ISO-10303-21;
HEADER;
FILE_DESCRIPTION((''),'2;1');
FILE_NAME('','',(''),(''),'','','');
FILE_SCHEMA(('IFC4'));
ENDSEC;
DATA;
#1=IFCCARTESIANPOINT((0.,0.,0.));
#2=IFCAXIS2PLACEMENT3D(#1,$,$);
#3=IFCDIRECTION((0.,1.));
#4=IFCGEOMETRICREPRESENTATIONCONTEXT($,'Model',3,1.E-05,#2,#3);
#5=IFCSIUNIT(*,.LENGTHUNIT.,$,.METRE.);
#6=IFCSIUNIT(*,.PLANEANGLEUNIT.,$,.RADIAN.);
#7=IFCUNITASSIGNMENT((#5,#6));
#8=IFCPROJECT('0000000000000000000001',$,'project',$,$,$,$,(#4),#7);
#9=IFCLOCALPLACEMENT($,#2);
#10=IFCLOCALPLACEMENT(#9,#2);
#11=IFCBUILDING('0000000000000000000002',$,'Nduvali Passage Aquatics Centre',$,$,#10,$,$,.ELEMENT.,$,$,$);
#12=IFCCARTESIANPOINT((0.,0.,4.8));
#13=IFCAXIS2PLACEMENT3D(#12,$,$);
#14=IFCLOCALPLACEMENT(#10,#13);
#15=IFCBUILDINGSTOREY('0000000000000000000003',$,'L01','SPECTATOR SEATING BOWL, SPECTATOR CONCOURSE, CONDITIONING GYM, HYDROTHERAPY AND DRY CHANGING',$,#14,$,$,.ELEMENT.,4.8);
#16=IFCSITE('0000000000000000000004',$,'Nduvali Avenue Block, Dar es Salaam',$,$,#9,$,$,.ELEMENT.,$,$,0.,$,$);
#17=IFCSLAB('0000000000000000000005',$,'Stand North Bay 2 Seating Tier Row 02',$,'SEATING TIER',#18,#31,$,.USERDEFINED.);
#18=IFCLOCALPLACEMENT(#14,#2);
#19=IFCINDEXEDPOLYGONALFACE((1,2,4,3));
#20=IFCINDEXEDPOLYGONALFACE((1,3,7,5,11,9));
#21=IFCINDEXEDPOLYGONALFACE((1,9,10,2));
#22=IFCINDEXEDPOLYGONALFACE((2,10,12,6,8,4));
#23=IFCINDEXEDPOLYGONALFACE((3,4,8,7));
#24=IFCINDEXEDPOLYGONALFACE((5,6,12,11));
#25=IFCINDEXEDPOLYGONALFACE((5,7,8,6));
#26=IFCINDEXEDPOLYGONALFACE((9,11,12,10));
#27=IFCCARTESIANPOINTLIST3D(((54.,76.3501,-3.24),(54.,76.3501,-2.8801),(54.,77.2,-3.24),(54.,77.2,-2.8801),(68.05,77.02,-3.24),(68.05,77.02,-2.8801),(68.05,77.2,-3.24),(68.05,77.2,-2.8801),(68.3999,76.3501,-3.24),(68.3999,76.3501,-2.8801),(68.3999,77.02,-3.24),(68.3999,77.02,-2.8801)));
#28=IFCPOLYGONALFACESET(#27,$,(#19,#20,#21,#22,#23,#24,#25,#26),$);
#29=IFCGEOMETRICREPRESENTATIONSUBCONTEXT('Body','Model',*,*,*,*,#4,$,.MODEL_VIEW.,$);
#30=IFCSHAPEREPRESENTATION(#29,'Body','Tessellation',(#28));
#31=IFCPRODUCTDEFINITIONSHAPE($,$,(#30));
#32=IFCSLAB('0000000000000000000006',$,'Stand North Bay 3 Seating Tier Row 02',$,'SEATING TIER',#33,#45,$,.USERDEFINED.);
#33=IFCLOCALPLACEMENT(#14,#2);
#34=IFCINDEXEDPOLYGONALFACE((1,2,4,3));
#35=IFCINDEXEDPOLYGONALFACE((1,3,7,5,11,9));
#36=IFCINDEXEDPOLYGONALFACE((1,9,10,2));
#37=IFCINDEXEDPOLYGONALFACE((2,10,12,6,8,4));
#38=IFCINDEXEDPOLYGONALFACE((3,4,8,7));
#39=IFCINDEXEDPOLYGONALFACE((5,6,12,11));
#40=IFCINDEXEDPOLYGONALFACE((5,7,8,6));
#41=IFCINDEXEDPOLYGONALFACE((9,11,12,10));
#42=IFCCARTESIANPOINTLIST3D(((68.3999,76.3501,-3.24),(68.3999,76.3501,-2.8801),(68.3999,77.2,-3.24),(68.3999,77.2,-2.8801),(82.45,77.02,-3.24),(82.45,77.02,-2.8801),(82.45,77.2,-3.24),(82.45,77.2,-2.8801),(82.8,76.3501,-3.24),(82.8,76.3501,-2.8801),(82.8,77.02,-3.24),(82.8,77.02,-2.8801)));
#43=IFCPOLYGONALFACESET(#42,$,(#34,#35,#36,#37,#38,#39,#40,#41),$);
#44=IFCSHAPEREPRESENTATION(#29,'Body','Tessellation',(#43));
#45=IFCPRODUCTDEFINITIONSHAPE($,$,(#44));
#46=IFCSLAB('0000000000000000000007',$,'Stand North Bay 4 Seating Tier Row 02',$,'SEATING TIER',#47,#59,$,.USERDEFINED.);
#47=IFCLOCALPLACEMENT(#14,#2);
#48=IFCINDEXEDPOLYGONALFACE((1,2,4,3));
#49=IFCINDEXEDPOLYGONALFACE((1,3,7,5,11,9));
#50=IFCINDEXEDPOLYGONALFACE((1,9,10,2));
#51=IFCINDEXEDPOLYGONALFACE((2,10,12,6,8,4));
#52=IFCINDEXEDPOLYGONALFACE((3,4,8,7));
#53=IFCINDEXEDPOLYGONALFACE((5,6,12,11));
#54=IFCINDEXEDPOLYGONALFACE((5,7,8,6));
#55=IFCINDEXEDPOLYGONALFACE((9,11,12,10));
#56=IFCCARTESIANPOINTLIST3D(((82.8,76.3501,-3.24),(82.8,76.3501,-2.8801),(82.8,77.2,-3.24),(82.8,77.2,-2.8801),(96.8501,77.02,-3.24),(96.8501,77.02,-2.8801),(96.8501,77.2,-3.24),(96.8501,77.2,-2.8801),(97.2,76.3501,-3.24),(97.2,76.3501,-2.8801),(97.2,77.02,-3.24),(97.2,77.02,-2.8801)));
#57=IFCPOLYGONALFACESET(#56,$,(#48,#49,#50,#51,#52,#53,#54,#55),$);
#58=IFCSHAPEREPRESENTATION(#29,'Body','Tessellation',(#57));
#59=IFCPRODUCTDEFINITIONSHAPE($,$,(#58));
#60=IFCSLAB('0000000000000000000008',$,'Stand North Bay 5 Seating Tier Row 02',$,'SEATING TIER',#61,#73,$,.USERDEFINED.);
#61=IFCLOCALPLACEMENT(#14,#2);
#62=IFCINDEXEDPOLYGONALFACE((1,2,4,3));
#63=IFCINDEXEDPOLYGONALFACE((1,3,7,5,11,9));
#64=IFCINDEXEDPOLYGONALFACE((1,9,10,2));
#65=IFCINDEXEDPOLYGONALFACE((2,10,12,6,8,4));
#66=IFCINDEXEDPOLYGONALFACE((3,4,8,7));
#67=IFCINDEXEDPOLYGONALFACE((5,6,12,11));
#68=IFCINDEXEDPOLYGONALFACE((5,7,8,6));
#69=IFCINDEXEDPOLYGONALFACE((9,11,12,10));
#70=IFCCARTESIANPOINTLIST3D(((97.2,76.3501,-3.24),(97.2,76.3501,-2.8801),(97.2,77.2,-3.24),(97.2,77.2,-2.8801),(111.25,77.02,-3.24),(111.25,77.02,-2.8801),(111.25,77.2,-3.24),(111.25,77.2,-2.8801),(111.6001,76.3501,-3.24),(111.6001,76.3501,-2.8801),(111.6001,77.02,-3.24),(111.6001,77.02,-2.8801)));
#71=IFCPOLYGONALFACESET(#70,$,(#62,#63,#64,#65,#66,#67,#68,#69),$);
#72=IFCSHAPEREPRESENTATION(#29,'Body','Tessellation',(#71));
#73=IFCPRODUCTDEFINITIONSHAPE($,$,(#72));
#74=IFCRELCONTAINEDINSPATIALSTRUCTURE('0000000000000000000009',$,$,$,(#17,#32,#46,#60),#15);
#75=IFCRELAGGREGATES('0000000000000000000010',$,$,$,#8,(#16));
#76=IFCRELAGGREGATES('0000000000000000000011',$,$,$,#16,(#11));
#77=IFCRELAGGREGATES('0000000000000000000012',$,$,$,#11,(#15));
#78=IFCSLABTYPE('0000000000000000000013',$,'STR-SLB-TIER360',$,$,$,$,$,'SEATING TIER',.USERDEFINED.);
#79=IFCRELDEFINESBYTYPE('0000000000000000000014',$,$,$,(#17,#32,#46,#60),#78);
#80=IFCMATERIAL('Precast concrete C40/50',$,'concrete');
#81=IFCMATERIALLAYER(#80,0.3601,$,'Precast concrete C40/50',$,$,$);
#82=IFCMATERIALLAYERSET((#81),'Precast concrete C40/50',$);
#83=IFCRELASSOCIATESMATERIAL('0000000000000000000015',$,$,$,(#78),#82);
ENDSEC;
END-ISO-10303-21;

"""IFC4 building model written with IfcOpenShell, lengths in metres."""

from ifc_helpers import new_model, si_unit, direction, frame, origin, place, context, subcontext, project, spatial, polyline, outline, extrude, material, layer, layer_set, type_object, element, save


model = new_model("IFC4")

# Units and contexts
model_context = context("Model", 3, precision=1e-05, world=origin(), true_north=direction((0.0, 1.0)))
body_context = subcontext(model_context, "Body", "Model", "MODEL_VIEW")
ifc_project = project(units=[si_unit("LENGTHUNIT", "METRE"), si_unit("PLANEANGLEUNIT", "RADIAN")], contexts=[model_context])

# Site, building, storey
site_placement = place(None, origin())
site = spatial("IfcSite", under=ifc_project, at=site_placement, Name="Nduvali Avenue Block, Dar es Salaam", CompositionType="ELEMENT", RefElevation=0.0)
building_placement = place(site_placement, origin())
building = spatial("IfcBuilding", under=site, at=building_placement, Name="Nduvali Passage Aquatics Centre", CompositionType="ELEMENT")
storey_placement = place(building_placement, frame((0.0, 0.0, 4.8)))
storey = spatial("IfcBuildingStorey", under=building, at=storey_placement, Name="L01", Description="SPECTATOR SEATING BOWL, SPECTATOR CONCOURSE, CONDITIONING GYM, HYDROTHERAPY AND DRY CHANGING", CompositionType="ELEMENT", Elevation=4.8)

# Slabs
ifc_material = material(Name="Precast concrete C40/50", Category="concrete")
ifc_layer = layer(ifc_material, 0.3601, Name="Precast concrete C40/50")
ifc_layer_set = layer_set([ifc_layer], Name="Precast concrete C40/50")
slab_type = type_object("IfcSlabType", Name="STR-SLB-TIER360", ElementType="SEATING TIER", PredefinedType="USERDEFINED", material=ifc_layer_set)
slab_1_placement = place(storey_placement, frame((0.0, 0.0, -3.24)))
element("IfcSlab", 1, at=slab_1_placement, inside=storey, type_object=slab_type, Name="Stand North Bay 2 Seating Tier Row 02", ObjectType="SEATING TIER", PredefinedType="USERDEFINED", context=body_context, shape_type="SweptSolid", body=[
    extrude(outline(polyline([(54.0, 76.3501), (68.3999, 76.3501), (68.3999, 77.02), (68.05, 77.02), (68.05, 77.2), (54.0, 77.2), (54.0, 76.3501)])), origin(), (0.0, 0.0, 1.0), 0.3599),
])
slab_2_placement = place(storey_placement, frame((0.0, 0.0, -3.24)))
element("IfcSlab", 2, at=slab_2_placement, inside=storey, type_object=slab_type, Name="Stand North Bay 3 Seating Tier Row 02", ObjectType="SEATING TIER", PredefinedType="USERDEFINED", context=body_context, shape_type="SweptSolid", body=[
    extrude(outline(polyline([(68.3999, 76.3501), (82.8, 76.3501), (82.8, 77.02), (82.45, 77.02), (82.45, 77.2), (68.3999, 77.2), (68.3999, 76.3501)])), origin(), (0.0, 0.0, 1.0), 0.3599),
])
slab_3_placement = place(storey_placement, frame((0.0, 0.0, -3.24)))
element("IfcSlab", 3, at=slab_3_placement, inside=storey, type_object=slab_type, Name="Stand North Bay 4 Seating Tier Row 02", ObjectType="SEATING TIER", PredefinedType="USERDEFINED", context=body_context, shape_type="SweptSolid", body=[
    extrude(outline(polyline([(82.8, 76.3501), (97.2, 76.3501), (97.2, 77.02), (96.8501, 77.02), (96.8501, 77.2), (82.8, 77.2), (82.8, 76.3501)])), origin(), (0.0, 0.0, 1.0), 0.3599),
])
slab_4_placement = place(storey_placement, frame((0.0, 0.0, -3.24)))
element("IfcSlab", 4, at=slab_4_placement, inside=storey, type_object=slab_type, Name="Stand North Bay 5 Seating Tier Row 02", ObjectType="SEATING TIER", PredefinedType="USERDEFINED", context=body_context, shape_type="SweptSolid", body=[
    extrude(outline(polyline([(97.2, 76.3501), (111.6001, 76.3501), (111.6001, 77.02), (111.25, 77.02), (111.25, 77.2), (97.2, 77.2), (97.2, 76.3501)])), origin(), (0.0, 0.0, 1.0), 0.3599),
])

save(model, "model.ifc")
